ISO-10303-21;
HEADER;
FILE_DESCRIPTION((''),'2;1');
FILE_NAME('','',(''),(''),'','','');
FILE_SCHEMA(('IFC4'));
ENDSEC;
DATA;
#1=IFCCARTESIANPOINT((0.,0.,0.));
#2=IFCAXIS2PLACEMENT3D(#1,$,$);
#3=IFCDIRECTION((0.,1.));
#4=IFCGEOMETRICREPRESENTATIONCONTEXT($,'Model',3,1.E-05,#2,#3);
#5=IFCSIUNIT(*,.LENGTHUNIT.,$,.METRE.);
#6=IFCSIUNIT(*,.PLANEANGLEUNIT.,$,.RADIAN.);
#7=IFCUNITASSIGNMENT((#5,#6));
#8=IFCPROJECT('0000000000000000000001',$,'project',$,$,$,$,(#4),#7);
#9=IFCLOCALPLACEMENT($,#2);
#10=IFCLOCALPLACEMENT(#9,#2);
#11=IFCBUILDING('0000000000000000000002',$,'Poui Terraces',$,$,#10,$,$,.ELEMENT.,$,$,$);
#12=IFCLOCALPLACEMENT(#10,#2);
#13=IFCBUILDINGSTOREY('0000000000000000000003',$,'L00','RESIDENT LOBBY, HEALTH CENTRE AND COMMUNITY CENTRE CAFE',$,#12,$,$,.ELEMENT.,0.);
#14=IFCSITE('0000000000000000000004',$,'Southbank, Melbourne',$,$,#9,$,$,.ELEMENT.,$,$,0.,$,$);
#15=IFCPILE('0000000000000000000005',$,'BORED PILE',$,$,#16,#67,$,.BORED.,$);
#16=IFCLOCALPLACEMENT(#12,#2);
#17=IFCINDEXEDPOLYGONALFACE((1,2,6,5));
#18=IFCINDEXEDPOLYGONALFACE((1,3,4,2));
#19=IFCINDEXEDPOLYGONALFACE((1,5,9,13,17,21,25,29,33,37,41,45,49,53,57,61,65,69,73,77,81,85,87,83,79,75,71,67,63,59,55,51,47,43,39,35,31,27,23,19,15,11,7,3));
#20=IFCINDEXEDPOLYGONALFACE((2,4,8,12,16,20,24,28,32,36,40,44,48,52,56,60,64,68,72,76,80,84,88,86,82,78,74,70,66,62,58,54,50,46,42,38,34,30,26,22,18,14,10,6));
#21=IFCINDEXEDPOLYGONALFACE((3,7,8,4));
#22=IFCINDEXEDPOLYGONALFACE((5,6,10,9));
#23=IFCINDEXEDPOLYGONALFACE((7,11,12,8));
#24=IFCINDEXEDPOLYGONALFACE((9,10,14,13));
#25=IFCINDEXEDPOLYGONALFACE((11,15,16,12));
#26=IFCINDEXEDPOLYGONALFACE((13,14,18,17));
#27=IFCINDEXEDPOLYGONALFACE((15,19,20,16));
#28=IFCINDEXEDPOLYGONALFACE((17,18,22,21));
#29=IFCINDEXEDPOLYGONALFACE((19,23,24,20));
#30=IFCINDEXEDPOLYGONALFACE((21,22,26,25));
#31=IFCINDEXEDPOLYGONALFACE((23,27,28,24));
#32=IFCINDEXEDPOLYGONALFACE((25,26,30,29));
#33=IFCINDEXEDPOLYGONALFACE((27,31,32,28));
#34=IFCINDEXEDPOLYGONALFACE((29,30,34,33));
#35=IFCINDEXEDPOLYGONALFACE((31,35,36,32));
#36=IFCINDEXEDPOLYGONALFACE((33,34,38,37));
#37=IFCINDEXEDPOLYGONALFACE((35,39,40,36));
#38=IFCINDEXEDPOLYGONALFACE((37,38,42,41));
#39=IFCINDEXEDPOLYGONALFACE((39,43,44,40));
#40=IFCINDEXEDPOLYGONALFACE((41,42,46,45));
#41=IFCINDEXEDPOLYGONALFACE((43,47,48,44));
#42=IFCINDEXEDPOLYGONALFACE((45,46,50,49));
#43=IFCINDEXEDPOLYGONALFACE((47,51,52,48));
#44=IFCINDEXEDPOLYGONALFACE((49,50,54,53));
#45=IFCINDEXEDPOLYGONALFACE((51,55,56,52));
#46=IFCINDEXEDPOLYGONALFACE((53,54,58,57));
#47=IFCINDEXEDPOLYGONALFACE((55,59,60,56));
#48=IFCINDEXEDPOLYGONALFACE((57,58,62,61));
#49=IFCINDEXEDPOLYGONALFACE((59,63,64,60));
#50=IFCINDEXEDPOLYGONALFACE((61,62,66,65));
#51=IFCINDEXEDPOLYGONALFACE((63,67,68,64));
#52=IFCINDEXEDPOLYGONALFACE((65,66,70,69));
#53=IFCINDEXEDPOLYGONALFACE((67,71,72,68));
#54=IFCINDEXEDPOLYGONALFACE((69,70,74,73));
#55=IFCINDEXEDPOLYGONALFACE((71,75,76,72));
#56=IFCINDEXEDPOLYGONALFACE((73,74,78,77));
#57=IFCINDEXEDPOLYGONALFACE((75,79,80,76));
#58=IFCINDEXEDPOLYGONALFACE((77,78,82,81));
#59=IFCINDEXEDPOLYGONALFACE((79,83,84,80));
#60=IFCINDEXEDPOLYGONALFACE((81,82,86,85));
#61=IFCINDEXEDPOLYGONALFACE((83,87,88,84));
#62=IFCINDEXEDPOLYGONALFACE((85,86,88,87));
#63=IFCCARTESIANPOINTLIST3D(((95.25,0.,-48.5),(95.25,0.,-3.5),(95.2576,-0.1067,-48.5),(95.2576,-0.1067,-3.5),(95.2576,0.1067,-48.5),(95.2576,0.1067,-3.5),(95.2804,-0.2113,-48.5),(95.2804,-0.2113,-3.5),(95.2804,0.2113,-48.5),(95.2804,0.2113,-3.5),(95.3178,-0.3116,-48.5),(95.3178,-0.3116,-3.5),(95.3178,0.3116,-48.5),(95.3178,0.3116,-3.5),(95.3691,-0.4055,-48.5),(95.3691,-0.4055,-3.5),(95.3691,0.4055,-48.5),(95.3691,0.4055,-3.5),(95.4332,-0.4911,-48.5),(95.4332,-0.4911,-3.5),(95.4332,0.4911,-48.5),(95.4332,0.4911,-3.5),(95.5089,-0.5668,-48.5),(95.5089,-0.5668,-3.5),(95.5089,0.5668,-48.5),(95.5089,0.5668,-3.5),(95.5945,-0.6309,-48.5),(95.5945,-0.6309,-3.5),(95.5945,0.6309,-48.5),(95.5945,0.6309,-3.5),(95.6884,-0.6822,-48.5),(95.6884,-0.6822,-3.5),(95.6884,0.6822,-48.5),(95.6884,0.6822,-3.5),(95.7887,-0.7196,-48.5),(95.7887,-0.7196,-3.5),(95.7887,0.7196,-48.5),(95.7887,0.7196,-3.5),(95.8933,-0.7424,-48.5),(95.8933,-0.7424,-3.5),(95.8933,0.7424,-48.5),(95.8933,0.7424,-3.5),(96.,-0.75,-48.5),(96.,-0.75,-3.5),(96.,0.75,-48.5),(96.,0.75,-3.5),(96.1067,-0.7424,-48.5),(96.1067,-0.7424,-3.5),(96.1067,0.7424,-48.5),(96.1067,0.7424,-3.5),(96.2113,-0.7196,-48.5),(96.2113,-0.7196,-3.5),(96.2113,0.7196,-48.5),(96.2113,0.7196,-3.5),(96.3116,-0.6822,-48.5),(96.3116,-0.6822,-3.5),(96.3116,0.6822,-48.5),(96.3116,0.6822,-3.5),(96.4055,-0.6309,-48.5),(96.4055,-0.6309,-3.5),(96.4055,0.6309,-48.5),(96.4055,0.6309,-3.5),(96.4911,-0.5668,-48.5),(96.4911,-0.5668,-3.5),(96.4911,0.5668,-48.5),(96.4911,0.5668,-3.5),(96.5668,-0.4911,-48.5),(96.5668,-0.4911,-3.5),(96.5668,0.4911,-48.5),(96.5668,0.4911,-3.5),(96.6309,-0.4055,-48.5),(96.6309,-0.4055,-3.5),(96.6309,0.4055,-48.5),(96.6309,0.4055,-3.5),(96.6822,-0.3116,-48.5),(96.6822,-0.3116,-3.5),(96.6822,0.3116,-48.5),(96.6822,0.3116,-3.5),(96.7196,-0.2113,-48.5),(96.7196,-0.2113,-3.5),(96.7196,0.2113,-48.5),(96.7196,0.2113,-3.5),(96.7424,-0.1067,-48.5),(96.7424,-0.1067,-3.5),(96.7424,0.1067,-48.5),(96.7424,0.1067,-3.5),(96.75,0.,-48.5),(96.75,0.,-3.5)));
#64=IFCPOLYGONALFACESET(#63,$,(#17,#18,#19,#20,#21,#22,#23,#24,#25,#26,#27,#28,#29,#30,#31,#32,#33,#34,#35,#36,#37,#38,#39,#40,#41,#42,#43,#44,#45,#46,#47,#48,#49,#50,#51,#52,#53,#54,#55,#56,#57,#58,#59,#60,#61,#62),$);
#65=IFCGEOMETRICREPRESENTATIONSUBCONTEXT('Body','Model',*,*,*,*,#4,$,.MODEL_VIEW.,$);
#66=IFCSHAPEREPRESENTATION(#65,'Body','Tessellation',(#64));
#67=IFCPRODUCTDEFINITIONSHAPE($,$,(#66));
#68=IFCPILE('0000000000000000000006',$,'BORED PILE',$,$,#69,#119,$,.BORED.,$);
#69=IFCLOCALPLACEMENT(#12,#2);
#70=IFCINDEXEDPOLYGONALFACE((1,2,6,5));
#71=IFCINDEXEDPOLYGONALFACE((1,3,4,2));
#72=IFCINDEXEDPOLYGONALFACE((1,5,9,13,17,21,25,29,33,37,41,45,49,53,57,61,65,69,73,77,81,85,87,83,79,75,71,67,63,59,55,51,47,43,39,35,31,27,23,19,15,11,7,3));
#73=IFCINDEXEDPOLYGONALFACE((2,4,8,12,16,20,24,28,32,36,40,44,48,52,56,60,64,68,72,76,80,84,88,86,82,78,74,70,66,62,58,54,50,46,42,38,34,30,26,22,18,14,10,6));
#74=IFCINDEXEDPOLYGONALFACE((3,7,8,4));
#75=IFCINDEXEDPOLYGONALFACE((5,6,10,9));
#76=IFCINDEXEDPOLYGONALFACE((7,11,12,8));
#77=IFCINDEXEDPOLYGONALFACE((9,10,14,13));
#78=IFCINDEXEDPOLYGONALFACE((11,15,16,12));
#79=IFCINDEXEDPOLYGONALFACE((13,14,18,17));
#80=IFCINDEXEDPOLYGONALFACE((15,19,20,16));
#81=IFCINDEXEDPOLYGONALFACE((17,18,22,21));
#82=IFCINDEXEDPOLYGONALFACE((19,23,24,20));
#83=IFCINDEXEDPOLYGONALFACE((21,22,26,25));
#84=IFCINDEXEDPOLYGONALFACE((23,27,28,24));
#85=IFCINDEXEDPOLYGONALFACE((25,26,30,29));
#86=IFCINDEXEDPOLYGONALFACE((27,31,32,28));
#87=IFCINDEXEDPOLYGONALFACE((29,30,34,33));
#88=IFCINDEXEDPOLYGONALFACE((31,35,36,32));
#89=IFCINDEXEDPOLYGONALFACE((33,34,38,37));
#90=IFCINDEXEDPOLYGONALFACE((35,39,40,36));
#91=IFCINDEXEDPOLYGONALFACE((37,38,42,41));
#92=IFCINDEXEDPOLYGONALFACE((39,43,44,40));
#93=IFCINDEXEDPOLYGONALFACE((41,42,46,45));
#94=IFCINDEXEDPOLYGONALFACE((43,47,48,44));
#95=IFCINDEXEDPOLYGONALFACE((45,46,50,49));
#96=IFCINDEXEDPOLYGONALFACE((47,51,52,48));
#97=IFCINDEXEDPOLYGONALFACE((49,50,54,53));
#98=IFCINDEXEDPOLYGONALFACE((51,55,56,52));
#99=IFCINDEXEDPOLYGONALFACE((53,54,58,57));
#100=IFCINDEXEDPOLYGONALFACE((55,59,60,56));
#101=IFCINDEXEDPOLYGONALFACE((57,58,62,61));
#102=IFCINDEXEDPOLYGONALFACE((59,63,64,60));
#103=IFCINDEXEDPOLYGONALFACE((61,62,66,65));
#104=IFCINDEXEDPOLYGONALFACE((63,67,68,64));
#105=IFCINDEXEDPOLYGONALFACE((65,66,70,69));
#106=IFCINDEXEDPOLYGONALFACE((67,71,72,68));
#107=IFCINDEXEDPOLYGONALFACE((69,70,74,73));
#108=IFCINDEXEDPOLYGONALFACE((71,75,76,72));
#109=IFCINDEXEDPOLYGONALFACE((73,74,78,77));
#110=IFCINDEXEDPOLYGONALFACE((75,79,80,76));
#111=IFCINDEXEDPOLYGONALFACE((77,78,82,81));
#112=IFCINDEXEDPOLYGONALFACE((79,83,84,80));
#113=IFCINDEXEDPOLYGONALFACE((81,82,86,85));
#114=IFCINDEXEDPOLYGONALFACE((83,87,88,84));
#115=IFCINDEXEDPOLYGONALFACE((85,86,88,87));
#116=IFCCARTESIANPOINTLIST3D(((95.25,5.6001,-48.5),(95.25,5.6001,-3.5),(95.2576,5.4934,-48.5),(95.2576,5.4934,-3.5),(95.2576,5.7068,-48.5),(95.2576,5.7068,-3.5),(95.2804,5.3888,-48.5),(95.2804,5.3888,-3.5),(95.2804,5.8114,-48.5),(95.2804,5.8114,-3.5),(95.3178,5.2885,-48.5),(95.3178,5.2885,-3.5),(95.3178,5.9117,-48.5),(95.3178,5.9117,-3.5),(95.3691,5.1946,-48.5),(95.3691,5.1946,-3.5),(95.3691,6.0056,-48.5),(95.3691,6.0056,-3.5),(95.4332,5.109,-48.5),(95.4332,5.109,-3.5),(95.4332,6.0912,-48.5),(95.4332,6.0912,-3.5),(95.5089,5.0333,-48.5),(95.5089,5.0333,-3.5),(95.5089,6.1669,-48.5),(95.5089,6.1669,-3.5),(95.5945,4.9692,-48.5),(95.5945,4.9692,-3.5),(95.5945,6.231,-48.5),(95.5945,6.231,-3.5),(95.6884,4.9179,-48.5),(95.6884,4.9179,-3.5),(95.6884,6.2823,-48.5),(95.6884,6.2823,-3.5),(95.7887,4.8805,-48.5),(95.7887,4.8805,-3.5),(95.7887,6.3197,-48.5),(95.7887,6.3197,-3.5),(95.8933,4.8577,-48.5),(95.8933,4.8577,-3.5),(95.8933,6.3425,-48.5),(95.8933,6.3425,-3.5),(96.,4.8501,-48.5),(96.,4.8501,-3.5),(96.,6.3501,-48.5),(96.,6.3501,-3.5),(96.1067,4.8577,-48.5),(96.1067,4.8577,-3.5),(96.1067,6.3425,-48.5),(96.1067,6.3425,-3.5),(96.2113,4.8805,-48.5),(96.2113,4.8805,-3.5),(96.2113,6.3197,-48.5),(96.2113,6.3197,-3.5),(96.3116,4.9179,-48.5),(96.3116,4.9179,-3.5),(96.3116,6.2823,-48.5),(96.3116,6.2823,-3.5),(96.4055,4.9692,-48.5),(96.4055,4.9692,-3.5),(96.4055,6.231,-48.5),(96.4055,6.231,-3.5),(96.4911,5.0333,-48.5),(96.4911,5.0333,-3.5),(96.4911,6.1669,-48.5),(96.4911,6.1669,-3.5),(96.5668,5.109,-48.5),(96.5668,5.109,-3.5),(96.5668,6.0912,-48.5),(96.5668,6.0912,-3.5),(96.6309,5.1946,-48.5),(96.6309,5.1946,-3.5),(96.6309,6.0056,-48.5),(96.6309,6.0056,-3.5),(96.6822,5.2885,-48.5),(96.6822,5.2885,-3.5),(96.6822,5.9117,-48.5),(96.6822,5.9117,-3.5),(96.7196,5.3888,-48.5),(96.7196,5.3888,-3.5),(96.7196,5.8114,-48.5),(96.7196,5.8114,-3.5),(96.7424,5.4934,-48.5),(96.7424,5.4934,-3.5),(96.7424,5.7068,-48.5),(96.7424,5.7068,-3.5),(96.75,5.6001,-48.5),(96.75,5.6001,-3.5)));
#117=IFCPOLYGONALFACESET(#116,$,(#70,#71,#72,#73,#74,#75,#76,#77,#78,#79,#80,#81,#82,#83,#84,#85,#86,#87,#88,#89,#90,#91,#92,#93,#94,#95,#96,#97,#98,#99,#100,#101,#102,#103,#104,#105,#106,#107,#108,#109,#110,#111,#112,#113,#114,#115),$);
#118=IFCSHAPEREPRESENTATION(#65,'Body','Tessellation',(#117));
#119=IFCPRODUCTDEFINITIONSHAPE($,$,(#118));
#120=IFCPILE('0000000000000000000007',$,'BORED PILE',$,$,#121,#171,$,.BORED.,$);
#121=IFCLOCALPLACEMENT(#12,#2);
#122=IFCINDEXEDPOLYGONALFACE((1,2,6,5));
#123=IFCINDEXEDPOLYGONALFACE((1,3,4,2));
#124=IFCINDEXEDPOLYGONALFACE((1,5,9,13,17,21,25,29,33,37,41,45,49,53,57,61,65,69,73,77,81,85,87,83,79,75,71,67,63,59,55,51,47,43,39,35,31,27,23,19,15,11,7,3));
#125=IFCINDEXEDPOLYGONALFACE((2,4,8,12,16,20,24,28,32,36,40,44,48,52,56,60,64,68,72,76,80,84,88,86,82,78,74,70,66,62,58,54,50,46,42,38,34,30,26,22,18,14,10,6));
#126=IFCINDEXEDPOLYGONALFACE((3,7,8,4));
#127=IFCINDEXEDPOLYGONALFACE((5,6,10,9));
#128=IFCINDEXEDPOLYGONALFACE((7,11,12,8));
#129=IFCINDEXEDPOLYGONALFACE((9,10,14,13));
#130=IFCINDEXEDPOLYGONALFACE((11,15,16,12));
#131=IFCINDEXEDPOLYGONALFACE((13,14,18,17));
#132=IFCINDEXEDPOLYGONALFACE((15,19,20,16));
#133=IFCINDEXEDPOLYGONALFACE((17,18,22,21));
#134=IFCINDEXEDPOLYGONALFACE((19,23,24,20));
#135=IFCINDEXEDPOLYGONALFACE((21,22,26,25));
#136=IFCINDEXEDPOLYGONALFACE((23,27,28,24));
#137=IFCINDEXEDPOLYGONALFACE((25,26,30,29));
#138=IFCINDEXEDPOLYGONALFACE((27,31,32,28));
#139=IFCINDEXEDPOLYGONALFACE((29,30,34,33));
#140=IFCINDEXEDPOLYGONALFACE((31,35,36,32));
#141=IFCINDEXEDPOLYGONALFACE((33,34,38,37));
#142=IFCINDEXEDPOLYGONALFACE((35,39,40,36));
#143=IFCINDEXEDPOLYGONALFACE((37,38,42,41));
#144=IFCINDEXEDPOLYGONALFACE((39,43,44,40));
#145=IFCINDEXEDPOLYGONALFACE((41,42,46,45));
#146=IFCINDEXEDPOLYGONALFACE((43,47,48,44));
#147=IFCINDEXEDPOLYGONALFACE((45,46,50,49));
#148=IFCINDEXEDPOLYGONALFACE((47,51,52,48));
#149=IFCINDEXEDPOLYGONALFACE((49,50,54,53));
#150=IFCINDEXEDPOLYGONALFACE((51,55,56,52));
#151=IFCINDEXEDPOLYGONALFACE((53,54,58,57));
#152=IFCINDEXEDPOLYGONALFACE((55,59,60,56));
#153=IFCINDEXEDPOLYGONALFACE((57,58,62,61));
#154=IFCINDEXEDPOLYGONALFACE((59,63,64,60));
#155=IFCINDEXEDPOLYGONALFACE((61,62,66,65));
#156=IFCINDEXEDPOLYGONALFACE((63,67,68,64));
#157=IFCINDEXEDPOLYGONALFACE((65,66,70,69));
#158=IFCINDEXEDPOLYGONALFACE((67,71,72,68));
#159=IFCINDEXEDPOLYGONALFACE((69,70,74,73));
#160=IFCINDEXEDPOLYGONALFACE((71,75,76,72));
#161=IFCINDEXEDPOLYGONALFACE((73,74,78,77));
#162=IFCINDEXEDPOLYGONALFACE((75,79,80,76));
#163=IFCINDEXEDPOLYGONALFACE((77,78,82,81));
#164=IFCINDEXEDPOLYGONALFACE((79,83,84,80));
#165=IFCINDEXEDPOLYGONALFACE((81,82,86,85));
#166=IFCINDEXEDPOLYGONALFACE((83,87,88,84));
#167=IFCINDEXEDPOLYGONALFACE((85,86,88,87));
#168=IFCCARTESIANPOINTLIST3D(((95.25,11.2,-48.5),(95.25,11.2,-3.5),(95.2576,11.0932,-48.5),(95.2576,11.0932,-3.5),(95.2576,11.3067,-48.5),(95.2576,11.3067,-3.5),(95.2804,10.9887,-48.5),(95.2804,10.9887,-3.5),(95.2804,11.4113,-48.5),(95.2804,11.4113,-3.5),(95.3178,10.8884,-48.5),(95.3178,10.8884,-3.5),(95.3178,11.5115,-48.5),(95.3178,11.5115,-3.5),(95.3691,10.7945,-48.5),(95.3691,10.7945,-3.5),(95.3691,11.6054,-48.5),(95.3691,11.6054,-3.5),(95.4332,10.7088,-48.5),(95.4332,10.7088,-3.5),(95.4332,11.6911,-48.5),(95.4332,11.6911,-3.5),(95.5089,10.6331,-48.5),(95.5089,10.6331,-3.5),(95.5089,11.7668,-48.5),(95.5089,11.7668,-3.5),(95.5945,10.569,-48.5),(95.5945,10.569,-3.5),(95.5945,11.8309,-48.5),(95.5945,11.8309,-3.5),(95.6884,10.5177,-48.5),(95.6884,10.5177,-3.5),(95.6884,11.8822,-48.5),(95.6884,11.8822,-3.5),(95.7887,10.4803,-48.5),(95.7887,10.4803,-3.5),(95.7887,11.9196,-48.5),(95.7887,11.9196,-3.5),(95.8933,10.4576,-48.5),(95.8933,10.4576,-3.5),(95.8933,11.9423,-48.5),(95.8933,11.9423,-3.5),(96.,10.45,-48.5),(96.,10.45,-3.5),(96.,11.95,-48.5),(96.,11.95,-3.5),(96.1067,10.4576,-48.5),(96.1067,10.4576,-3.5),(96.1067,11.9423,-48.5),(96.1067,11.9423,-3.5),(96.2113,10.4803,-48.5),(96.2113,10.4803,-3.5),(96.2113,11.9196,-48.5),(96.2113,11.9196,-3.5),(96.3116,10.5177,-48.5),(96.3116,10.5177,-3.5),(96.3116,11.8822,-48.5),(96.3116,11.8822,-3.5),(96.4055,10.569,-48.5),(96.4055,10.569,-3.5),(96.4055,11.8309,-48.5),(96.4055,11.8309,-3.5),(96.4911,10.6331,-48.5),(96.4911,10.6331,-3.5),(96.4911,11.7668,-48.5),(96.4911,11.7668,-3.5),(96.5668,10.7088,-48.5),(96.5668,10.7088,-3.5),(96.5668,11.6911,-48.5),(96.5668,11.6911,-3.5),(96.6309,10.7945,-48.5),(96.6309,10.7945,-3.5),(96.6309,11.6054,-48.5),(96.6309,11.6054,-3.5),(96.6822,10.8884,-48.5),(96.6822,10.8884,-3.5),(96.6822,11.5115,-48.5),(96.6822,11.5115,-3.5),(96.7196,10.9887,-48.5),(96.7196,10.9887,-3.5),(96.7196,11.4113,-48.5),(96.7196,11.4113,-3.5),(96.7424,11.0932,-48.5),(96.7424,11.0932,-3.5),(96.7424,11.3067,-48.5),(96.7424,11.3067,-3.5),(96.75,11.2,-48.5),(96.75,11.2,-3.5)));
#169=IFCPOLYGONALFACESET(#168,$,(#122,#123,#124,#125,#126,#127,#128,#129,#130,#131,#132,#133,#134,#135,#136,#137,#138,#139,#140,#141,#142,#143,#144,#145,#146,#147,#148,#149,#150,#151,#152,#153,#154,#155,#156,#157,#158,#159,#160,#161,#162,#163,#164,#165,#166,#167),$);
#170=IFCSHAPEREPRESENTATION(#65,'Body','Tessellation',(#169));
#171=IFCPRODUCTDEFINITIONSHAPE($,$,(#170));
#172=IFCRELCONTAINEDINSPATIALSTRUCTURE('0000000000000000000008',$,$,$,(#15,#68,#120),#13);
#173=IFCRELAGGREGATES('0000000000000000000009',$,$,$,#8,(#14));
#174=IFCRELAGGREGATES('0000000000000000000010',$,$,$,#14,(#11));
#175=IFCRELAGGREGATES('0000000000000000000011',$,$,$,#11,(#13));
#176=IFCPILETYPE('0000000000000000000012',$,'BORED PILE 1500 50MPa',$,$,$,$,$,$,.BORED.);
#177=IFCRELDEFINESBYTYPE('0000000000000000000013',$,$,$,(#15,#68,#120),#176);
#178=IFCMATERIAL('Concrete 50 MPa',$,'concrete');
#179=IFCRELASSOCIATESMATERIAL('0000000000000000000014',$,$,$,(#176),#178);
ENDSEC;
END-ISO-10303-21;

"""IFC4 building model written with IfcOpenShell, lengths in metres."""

from ifc_helpers import new_model, si_unit, direction, frame, origin, origin_2d, place, context, subcontext, project, spatial, circle, extrude, material, material_profile, profile_set, type_object, element, save


model = new_model("IFC4")

# Units and contexts
model_context = context("Model", 3, precision=1e-05, world=origin(), true_north=direction((0.0, 1.0)))
body_context = subcontext(model_context, "Body", "Model", "MODEL_VIEW")
ifc_project = project(units=[si_unit("LENGTHUNIT", "METRE"), si_unit("PLANEANGLEUNIT", "RADIAN")], contexts=[model_context])

# Site, building, storey
site_placement = place(None, origin())
site = spatial("IfcSite", under=ifc_project, at=site_placement, Name="Southbank, Melbourne", CompositionType="ELEMENT", RefElevation=0.0)
building_placement = place(site_placement, origin())
building = spatial("IfcBuilding", under=site, at=building_placement, Name="Poui Terraces", CompositionType="ELEMENT")
storey_placement = place(building_placement, origin())
storey = spatial("IfcBuildingStorey", under=building, at=storey_placement, Name="L00", Description="RESIDENT LOBBY, HEALTH CENTRE AND COMMUNITY CENTRE CAFE", CompositionType="ELEMENT", Elevation=0.0)

# Piles
ifc_material_1 = material(Name="Concrete 50 MPa", Category="concrete")
ifc_material_profile_1 = material_profile(ifc_material_1, circle(Radius=0.75, at=origin_2d()), Name="RC D1500")
ifc_profile_set_1 = profile_set([ifc_material_profile_1], Name="Concrete 50 MPa")
pile_type = type_object("IfcPileType", Name="BORED PILE 1500 50MPa", PredefinedType="BORED", material=ifc_profile_set_1)
for number, where, z_axis, x_axis, name in (
    (1, (96.0, 0.0, -3.5), (0.0, 0.0, -1.0), (1.0, 0.0, 0.0), "BORED PILE"),
    (2, (96.0, 5.6001, -3.5), (0.0, 0.0, -1.0), (1.0, 0.0, 0.0), "BORED PILE"),
    (3, (96.0, 11.2, -3.5), (0.0, 0.0, -1.0), (1.0, 0.0, 0.0), "BORED PILE"),
):
    element("IfcPile", number, at=place(storey_placement, frame(where, z_axis=z_axis, x_axis=x_axis)), inside=storey, type_object=pile_type, Name=name, PredefinedType="BORED", context=body_context, shape_type="SweptSolid", body=[
        extrude(circle(Radius=0.75, at=origin_2d()), origin(), (0.0, 0.0, 1.0), 45.0),
    ])

save(model, "model.ifc")
